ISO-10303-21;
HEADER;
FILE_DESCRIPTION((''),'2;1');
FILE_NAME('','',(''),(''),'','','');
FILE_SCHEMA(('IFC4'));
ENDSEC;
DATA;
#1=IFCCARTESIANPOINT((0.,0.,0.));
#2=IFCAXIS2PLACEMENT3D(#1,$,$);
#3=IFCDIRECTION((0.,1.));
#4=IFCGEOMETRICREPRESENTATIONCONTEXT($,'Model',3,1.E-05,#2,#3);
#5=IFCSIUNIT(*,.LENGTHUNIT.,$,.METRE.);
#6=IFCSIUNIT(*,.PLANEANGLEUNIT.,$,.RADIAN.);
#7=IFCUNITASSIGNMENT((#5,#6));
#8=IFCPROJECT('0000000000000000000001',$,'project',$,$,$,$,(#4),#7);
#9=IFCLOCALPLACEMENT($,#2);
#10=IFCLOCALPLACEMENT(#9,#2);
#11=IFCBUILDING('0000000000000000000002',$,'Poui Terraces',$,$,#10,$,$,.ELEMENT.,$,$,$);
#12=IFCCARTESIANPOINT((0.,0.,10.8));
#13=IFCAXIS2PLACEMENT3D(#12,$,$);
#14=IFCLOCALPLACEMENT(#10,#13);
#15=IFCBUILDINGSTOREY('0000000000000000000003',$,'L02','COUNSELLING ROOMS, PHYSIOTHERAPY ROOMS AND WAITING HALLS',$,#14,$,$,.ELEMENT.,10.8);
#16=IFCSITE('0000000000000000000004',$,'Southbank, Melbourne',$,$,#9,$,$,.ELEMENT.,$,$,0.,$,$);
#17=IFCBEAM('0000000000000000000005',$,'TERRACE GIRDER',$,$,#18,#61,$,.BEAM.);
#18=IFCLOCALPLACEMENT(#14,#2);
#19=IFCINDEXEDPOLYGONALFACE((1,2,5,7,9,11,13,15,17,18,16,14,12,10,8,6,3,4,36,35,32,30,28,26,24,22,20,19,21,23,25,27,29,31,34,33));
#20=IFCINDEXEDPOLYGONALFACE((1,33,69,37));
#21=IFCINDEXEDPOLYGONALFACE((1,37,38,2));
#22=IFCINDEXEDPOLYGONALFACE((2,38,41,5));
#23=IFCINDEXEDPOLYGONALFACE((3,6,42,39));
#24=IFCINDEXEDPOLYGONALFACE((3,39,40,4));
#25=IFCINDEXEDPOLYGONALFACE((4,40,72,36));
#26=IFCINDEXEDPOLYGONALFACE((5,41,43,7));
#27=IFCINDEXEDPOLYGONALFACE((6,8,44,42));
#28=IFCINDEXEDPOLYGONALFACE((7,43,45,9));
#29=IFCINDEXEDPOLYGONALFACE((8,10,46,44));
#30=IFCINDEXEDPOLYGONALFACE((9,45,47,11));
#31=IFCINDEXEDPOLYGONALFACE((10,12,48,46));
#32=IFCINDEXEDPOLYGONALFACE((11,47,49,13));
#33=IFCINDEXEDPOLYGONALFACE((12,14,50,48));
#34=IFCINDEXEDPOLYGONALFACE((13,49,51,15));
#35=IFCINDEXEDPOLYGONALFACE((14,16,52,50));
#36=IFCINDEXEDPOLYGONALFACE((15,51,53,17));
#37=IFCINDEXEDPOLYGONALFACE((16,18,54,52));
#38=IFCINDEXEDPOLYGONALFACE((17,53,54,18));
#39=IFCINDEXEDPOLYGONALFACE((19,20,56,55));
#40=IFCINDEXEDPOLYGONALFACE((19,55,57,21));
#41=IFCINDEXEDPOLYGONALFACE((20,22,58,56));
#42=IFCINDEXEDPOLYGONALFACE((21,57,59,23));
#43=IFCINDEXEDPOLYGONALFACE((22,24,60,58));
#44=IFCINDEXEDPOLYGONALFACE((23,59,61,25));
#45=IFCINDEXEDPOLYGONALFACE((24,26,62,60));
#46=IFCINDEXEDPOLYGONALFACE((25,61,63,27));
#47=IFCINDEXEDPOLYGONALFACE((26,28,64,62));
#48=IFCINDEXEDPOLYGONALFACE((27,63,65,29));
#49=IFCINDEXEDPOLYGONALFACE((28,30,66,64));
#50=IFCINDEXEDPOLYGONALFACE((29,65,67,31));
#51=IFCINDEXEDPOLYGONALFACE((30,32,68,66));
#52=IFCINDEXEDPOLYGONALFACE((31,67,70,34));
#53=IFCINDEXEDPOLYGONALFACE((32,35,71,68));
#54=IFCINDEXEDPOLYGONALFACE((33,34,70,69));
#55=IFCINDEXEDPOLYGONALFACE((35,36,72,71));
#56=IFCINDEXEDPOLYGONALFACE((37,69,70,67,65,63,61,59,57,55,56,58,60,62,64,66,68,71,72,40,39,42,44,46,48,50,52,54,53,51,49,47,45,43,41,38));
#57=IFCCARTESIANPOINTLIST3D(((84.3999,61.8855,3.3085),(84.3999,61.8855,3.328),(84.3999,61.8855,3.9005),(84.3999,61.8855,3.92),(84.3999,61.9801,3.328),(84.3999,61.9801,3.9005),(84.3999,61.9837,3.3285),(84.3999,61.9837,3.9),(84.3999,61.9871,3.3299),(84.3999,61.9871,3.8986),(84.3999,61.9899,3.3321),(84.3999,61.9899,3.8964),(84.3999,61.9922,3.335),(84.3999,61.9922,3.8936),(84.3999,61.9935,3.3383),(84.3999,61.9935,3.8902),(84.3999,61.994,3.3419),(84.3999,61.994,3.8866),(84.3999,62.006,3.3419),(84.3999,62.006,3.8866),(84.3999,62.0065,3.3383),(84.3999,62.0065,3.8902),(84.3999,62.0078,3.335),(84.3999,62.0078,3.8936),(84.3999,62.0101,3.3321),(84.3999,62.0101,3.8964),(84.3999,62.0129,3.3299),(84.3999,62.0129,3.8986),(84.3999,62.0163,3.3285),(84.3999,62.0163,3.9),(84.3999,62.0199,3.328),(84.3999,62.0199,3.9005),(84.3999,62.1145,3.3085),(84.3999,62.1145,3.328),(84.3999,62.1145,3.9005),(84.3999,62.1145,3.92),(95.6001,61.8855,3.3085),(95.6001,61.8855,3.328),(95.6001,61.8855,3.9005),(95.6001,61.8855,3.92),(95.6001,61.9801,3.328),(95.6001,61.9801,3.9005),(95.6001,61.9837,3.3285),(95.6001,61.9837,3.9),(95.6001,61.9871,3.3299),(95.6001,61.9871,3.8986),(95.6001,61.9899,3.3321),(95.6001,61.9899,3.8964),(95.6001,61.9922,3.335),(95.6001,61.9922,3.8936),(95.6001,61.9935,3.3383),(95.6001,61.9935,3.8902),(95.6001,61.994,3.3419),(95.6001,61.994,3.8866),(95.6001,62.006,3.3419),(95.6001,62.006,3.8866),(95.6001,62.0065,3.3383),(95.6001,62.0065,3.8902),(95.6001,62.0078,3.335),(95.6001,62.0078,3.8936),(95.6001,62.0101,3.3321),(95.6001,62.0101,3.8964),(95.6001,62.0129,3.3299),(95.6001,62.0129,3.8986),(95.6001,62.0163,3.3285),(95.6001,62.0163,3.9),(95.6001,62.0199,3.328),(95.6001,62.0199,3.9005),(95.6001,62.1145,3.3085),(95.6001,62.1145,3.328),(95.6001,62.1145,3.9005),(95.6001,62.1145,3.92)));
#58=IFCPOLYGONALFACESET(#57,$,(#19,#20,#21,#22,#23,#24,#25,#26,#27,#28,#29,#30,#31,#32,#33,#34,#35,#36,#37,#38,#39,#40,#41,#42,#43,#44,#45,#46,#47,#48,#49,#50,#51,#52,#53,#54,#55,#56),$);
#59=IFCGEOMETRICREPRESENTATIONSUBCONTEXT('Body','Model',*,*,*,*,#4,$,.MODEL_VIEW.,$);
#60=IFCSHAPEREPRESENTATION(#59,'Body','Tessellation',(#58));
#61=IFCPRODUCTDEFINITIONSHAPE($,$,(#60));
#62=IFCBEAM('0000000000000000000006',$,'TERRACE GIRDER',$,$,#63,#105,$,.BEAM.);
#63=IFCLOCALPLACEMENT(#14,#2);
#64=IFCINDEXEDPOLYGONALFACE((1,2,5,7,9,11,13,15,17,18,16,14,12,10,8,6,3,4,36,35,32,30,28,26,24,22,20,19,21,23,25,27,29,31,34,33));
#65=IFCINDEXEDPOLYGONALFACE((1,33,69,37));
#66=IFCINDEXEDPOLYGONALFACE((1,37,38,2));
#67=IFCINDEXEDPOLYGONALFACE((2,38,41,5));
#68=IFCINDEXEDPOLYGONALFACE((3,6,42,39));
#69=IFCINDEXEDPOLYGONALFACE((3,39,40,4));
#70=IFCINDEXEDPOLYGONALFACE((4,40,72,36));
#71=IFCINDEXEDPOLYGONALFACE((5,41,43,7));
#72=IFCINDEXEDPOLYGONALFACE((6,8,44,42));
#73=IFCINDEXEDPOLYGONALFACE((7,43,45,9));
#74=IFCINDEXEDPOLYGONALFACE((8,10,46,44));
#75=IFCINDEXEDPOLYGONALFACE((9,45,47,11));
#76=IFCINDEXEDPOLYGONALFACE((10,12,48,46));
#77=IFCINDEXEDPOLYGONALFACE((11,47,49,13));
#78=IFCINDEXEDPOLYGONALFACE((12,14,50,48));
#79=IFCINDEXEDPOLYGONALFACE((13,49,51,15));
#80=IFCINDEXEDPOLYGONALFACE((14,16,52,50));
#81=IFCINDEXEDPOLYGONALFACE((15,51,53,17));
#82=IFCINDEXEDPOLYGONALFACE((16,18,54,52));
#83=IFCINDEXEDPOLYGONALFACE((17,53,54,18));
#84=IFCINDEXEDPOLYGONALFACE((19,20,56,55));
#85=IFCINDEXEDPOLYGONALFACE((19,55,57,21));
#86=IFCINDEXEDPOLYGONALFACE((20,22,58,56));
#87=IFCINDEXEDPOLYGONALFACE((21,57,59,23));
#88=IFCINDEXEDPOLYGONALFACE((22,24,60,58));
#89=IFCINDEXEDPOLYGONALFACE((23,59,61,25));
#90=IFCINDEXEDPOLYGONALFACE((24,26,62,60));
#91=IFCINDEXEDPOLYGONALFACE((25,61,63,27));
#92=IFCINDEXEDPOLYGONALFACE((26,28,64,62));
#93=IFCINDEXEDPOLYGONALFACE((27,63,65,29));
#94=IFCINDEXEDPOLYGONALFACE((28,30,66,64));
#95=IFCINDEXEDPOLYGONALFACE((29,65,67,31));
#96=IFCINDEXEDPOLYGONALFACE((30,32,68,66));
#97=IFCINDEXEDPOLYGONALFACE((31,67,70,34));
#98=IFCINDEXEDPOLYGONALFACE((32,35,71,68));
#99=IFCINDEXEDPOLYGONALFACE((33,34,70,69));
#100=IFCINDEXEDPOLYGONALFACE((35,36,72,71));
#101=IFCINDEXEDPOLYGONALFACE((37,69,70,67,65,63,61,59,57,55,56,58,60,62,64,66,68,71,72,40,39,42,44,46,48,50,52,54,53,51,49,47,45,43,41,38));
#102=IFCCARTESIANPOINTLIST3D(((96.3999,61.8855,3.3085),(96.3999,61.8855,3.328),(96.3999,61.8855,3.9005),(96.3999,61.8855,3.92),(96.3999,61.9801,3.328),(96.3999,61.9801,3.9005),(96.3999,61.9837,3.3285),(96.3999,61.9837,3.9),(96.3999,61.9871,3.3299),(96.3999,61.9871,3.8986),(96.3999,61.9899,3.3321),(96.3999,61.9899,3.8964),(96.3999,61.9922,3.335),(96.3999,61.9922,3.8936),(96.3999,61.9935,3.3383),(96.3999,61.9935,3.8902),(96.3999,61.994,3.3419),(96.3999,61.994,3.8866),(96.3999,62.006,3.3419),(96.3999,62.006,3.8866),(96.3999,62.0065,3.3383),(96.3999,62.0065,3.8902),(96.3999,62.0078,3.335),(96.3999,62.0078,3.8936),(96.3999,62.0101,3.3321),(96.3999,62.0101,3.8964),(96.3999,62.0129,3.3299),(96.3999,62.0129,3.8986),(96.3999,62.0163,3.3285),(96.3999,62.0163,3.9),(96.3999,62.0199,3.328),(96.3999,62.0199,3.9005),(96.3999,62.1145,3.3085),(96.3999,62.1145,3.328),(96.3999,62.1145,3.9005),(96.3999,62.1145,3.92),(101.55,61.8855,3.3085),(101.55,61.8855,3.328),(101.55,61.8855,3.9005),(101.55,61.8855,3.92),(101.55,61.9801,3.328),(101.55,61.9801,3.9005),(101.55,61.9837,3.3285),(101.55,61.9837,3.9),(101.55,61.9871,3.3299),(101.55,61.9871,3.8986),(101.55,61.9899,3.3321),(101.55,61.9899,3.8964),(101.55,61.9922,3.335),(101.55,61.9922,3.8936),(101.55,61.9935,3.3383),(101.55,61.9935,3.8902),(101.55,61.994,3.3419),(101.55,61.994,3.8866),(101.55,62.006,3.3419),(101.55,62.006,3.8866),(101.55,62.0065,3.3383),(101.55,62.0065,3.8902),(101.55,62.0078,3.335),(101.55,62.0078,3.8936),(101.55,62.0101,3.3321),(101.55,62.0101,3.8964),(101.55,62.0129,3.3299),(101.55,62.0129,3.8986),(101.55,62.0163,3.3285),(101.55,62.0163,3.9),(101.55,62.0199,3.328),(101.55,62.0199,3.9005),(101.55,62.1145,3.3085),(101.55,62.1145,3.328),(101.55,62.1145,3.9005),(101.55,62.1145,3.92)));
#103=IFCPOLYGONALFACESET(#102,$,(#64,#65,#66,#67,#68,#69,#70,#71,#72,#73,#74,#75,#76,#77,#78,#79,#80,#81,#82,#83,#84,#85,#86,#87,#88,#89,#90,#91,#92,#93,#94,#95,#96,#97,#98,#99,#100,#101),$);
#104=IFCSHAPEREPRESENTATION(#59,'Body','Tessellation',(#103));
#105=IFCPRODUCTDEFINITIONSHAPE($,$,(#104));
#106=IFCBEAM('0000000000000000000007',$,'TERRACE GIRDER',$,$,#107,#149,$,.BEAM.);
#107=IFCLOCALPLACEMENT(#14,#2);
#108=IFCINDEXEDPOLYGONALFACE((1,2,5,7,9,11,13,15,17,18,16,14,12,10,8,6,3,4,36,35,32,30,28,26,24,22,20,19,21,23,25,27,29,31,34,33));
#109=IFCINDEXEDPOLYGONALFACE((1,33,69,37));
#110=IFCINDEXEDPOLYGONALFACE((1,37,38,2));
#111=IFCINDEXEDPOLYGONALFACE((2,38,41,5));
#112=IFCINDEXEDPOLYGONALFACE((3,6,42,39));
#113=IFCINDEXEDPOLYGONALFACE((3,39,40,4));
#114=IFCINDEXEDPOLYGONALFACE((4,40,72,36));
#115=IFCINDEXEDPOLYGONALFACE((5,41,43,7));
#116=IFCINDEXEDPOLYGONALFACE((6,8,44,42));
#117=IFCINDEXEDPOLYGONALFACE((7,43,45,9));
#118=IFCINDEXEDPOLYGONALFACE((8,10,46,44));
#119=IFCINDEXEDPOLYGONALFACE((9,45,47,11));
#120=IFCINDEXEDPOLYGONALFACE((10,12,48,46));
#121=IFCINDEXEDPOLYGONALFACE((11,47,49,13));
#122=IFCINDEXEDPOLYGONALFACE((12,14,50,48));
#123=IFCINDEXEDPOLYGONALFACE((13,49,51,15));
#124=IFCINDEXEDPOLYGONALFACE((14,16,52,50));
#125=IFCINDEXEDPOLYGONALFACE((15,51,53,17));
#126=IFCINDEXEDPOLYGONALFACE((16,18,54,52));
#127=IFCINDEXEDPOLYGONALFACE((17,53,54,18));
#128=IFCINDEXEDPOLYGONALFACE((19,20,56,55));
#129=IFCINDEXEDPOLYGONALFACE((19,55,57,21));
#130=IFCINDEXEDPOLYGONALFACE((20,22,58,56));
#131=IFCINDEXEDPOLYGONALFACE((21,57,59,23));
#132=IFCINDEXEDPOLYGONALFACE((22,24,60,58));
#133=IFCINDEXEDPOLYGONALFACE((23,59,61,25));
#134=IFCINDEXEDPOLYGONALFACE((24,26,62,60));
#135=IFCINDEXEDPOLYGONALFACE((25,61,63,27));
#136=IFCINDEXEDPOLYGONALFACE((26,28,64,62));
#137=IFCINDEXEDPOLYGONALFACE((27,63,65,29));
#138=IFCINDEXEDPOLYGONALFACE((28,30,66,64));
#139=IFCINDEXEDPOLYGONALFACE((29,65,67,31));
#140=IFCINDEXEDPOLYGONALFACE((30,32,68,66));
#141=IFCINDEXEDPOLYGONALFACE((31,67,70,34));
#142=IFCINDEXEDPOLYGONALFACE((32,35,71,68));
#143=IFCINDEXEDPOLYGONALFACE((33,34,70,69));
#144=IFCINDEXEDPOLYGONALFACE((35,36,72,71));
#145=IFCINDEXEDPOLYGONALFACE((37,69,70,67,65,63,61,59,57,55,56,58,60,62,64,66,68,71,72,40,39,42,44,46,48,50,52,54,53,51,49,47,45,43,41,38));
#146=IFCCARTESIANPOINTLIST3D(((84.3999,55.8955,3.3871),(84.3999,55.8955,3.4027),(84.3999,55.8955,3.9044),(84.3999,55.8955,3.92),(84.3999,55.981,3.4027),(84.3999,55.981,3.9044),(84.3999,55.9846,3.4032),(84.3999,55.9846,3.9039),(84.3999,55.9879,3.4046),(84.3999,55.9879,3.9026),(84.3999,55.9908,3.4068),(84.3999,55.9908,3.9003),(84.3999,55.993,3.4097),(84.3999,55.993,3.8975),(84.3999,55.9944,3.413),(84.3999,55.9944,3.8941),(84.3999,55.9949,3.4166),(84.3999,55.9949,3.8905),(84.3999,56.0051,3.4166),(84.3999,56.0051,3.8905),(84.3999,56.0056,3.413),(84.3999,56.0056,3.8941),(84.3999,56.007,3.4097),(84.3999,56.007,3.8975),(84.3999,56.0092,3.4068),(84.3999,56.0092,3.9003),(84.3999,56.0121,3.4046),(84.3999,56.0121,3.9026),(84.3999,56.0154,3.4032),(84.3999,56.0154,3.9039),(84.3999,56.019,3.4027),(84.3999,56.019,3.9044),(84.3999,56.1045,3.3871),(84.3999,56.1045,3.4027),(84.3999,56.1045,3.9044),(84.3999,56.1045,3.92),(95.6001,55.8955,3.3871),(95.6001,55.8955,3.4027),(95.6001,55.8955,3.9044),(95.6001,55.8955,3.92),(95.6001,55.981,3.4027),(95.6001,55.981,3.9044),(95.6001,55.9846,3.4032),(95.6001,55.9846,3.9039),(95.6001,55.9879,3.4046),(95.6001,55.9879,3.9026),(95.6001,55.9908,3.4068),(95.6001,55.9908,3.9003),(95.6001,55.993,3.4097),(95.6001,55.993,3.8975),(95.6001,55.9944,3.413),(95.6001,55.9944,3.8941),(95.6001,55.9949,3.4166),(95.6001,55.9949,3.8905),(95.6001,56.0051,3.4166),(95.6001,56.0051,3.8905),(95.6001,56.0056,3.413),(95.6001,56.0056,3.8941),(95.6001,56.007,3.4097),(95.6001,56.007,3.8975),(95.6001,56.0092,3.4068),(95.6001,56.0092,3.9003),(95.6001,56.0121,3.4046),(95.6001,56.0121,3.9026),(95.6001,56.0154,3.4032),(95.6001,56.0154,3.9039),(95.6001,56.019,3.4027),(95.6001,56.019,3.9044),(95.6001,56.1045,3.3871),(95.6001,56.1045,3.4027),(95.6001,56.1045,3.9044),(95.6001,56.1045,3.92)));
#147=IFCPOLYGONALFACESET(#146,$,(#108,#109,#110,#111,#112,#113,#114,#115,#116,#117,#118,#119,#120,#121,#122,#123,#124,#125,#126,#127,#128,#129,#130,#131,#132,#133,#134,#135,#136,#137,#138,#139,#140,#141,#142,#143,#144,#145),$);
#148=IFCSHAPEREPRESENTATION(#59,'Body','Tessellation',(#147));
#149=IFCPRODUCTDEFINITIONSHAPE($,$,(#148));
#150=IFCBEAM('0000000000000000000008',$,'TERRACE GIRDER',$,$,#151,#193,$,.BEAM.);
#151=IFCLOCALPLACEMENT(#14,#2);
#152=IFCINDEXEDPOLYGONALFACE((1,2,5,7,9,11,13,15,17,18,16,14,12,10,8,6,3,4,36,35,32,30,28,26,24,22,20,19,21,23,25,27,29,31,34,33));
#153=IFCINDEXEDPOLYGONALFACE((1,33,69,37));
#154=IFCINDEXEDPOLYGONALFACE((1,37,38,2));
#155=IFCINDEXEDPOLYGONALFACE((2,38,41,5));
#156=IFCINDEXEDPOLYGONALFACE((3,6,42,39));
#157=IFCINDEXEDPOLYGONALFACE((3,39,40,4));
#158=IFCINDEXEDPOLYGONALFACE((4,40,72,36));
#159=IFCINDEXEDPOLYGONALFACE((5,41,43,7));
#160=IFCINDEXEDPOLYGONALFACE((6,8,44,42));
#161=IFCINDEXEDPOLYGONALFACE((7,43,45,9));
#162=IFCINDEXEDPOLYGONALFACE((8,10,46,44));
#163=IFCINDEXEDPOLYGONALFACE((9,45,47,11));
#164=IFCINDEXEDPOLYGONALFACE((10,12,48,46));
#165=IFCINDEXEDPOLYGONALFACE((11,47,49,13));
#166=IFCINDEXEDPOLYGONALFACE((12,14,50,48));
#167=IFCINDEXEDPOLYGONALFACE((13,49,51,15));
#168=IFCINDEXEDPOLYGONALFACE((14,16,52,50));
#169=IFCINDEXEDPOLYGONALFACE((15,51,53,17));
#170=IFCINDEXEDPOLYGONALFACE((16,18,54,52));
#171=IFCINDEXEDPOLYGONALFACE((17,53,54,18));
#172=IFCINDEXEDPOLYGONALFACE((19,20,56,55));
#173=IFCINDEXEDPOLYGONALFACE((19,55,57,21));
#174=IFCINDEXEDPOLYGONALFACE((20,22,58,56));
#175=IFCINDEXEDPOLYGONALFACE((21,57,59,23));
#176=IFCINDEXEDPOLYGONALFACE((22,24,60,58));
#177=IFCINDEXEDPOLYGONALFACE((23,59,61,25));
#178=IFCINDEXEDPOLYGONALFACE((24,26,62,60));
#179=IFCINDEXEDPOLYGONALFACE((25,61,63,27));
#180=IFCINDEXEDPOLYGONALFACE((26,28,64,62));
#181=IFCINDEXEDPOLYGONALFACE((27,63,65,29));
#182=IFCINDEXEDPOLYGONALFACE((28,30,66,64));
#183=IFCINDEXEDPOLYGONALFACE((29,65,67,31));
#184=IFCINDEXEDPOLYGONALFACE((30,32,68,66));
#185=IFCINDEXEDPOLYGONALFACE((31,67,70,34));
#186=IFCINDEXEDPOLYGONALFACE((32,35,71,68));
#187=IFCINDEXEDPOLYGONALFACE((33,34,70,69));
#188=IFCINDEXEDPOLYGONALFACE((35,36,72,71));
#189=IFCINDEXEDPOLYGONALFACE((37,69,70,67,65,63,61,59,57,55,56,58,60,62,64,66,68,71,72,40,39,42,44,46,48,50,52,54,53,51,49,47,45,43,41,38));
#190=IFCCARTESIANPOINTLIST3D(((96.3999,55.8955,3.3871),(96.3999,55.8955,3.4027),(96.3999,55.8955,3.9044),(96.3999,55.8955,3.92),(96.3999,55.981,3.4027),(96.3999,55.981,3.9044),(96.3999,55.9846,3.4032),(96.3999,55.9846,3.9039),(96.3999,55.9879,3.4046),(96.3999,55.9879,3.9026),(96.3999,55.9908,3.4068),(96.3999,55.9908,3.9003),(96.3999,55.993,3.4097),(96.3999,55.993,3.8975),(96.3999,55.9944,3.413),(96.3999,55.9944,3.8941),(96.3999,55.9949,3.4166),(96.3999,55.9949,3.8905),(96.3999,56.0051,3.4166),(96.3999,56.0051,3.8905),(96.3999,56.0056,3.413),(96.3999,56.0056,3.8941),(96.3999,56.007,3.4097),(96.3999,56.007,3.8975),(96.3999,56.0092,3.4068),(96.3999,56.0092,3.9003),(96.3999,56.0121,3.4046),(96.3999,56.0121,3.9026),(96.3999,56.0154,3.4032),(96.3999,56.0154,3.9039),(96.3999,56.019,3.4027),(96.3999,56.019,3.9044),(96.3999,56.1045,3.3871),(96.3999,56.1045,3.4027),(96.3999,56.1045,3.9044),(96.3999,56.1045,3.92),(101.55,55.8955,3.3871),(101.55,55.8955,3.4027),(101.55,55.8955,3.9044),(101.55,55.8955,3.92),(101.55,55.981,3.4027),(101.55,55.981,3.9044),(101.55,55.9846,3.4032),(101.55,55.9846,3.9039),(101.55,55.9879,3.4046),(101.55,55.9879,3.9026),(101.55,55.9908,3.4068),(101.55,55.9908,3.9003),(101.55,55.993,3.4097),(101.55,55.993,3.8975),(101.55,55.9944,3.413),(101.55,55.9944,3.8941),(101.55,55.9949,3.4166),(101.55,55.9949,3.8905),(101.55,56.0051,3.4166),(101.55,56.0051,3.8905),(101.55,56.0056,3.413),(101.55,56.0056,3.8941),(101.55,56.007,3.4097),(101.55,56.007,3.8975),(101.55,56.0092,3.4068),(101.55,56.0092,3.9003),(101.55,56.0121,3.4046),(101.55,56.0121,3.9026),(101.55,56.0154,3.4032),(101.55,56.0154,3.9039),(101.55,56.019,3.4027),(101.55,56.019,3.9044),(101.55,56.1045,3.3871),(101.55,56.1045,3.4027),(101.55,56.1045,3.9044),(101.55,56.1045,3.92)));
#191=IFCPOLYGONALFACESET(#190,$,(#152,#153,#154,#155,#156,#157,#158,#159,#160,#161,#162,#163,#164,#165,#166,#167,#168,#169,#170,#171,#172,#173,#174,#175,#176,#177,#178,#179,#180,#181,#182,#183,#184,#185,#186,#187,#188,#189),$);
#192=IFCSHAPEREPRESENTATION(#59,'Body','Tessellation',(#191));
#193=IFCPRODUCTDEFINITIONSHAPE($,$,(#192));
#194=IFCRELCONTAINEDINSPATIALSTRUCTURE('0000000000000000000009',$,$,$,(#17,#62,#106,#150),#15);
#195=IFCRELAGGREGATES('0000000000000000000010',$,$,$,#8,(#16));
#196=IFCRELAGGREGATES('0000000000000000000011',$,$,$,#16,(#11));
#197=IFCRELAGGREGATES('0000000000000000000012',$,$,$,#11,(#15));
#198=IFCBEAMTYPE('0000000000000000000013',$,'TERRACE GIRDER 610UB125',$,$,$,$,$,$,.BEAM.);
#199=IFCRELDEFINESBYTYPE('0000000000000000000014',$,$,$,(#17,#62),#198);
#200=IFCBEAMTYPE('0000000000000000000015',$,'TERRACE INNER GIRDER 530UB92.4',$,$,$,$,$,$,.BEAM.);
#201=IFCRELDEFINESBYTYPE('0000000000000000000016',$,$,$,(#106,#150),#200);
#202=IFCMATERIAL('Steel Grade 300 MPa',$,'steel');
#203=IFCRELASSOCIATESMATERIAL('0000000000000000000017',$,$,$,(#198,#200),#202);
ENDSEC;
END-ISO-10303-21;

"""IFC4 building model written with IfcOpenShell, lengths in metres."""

from ifc_helpers import new_model, si_unit, direction, frame, origin, origin_2d, place, context, subcontext, project, spatial, i_section, extrude, source, transform, mapped, material, material_profile, profile_set, type_object, element, save


model = new_model("IFC4")

# Units and contexts
model_context = context("Model", 3, precision=1e-05, world=origin(), true_north=direction((0.0, 1.0)))
body_context = subcontext(model_context, "Body", "Model", "MODEL_VIEW")
ifc_project = project(units=[si_unit("LENGTHUNIT", "METRE"), si_unit("PLANEANGLEUNIT", "RADIAN")], contexts=[model_context])

# Site, building, storey
site_placement = place(None, origin())
site = spatial("IfcSite", under=ifc_project, at=site_placement, Name="Southbank, Melbourne", CompositionType="ELEMENT", RefElevation=0.0)
building_placement = place(site_placement, origin())
building = spatial("IfcBuilding", under=site, at=building_placement, Name="Poui Terraces", CompositionType="ELEMENT")
storey_placement = place(building_placement, frame((0.0, 0.0, 10.8)))
storey = spatial("IfcBuildingStorey", under=building, at=storey_placement, Name="L02", Description="COUNSELLING ROOMS, PHYSIOTHERAPY ROOMS AND WAITING HALLS", CompositionType="ELEMENT", Elevation=10.8)

# Beams
ifc_material_1 = material(Name="Steel Grade 300 MPa", Category="steel")
ifc_material_profile_1 = material_profile(ifc_material_1, i_section(OverallWidth=0.229, OverallDepth=0.6116, WebThickness=0.012, FlangeThickness=0.0195, FilletRadius=0.0139, at=origin_2d()), Name="610UB125")
ifc_profile_set_1 = profile_set([ifc_material_profile_1], Name="Steel Grade 300 MPa")
beam_type_1 = type_object("IfcBeamType", Name="TERRACE GIRDER 610UB125", PredefinedType="BEAM", material=ifc_profile_set_1)
shared_shape_1 = source(origin(), body_context, "Body", "SweptSolid", [
    extrude(i_section(OverallWidth=0.229, OverallDepth=0.6116, WebThickness=0.012, FlangeThickness=0.0195, FilletRadius=0.0139, at=origin_2d()), origin(), (0.0, 0.0, 1.0), 11.2002),
])
beam_1_placement = place(storey_placement, frame((84.3999, 62.0, 3.6143), z_axis=(1.0, 0.0, 0.0), x_axis=(0.0, 1.0, 0.0)))
element("IfcBeam", 1, at=beam_1_placement, inside=storey, type_object=beam_type_1, Name="TERRACE GIRDER", PredefinedType="BEAM", context=body_context, shape_type="MappedRepresentation", body=[
    mapped(shared_shape_1, transform((0.0, 0.0, 0.0))),
])
shared_shape_2 = source(origin(), body_context, "Body", "SweptSolid", [
    extrude(i_section(OverallWidth=0.229, OverallDepth=0.6116, WebThickness=0.012, FlangeThickness=0.0195, FilletRadius=0.0139, at=origin_2d()), origin(), (0.0, 0.0, 1.0), 5.1501),
])
beam_2_placement = place(storey_placement, frame((96.3999, 62.0, 3.6143), z_axis=(1.0, 0.0, 0.0), x_axis=(0.0, 1.0, 0.0)))
element("IfcBeam", 2, at=beam_2_placement, inside=storey, type_object=beam_type_1, Name="TERRACE GIRDER", PredefinedType="BEAM", context=body_context, shape_type="MappedRepresentation", body=[
    mapped(shared_shape_2, transform((0.0, 0.0, 0.0))),
])
ifc_material_profile_2 = material_profile(ifc_material_1, i_section(OverallWidth=0.209, OverallDepth=0.533, WebThickness=0.0103, FlangeThickness=0.0156, FilletRadius=0.0139, at=origin_2d()), Name="530UB92.4")
ifc_profile_set_2 = profile_set([ifc_material_profile_2], Name="Steel Grade 300 MPa")
beam_type_2 = type_object("IfcBeamType", Name="TERRACE INNER GIRDER 530UB92.4", PredefinedType="BEAM", material=ifc_profile_set_2)
shared_shape_3 = source(origin(), body_context, "Body", "SweptSolid", [
    extrude(i_section(OverallWidth=0.209, OverallDepth=0.533, WebThickness=0.0103, FlangeThickness=0.0156, FilletRadius=0.0139, at=origin_2d()), origin(), (0.0, 0.0, 1.0), 11.2002),
])
beam_3_placement = place(storey_placement, frame((84.3999, 56.0, 3.6536), z_axis=(1.0, 0.0, 0.0), x_axis=(0.0, 1.0, 0.0)))
element("IfcBeam", 3, at=beam_3_placement, inside=storey, type_object=beam_type_2, Name="TERRACE GIRDER", PredefinedType="BEAM", context=body_context, shape_type="MappedRepresentation", body=[
    mapped(shared_shape_3, transform((0.0, 0.0, 0.0))),
])
shared_shape_4 = source(origin(), body_context, "Body", "SweptSolid", [
    extrude(i_section(OverallWidth=0.209, OverallDepth=0.533, WebThickness=0.0103, FlangeThickness=0.0156, FilletRadius=0.0139, at=origin_2d()), origin(), (0.0, 0.0, 1.0), 5.1501),
])
beam_4_placement = place(storey_placement, frame((96.3999, 56.0, 3.6536), z_axis=(1.0, 0.0, 0.0), x_axis=(0.0, 1.0, 0.0)))
element("IfcBeam", 4, at=beam_4_placement, inside=storey, type_object=beam_type_2, Name="TERRACE GIRDER", PredefinedType="BEAM", context=body_context, shape_type="MappedRepresentation", body=[
    mapped(shared_shape_4, transform((0.0, 0.0, 0.0))),
])

save(model, "model.ifc")
